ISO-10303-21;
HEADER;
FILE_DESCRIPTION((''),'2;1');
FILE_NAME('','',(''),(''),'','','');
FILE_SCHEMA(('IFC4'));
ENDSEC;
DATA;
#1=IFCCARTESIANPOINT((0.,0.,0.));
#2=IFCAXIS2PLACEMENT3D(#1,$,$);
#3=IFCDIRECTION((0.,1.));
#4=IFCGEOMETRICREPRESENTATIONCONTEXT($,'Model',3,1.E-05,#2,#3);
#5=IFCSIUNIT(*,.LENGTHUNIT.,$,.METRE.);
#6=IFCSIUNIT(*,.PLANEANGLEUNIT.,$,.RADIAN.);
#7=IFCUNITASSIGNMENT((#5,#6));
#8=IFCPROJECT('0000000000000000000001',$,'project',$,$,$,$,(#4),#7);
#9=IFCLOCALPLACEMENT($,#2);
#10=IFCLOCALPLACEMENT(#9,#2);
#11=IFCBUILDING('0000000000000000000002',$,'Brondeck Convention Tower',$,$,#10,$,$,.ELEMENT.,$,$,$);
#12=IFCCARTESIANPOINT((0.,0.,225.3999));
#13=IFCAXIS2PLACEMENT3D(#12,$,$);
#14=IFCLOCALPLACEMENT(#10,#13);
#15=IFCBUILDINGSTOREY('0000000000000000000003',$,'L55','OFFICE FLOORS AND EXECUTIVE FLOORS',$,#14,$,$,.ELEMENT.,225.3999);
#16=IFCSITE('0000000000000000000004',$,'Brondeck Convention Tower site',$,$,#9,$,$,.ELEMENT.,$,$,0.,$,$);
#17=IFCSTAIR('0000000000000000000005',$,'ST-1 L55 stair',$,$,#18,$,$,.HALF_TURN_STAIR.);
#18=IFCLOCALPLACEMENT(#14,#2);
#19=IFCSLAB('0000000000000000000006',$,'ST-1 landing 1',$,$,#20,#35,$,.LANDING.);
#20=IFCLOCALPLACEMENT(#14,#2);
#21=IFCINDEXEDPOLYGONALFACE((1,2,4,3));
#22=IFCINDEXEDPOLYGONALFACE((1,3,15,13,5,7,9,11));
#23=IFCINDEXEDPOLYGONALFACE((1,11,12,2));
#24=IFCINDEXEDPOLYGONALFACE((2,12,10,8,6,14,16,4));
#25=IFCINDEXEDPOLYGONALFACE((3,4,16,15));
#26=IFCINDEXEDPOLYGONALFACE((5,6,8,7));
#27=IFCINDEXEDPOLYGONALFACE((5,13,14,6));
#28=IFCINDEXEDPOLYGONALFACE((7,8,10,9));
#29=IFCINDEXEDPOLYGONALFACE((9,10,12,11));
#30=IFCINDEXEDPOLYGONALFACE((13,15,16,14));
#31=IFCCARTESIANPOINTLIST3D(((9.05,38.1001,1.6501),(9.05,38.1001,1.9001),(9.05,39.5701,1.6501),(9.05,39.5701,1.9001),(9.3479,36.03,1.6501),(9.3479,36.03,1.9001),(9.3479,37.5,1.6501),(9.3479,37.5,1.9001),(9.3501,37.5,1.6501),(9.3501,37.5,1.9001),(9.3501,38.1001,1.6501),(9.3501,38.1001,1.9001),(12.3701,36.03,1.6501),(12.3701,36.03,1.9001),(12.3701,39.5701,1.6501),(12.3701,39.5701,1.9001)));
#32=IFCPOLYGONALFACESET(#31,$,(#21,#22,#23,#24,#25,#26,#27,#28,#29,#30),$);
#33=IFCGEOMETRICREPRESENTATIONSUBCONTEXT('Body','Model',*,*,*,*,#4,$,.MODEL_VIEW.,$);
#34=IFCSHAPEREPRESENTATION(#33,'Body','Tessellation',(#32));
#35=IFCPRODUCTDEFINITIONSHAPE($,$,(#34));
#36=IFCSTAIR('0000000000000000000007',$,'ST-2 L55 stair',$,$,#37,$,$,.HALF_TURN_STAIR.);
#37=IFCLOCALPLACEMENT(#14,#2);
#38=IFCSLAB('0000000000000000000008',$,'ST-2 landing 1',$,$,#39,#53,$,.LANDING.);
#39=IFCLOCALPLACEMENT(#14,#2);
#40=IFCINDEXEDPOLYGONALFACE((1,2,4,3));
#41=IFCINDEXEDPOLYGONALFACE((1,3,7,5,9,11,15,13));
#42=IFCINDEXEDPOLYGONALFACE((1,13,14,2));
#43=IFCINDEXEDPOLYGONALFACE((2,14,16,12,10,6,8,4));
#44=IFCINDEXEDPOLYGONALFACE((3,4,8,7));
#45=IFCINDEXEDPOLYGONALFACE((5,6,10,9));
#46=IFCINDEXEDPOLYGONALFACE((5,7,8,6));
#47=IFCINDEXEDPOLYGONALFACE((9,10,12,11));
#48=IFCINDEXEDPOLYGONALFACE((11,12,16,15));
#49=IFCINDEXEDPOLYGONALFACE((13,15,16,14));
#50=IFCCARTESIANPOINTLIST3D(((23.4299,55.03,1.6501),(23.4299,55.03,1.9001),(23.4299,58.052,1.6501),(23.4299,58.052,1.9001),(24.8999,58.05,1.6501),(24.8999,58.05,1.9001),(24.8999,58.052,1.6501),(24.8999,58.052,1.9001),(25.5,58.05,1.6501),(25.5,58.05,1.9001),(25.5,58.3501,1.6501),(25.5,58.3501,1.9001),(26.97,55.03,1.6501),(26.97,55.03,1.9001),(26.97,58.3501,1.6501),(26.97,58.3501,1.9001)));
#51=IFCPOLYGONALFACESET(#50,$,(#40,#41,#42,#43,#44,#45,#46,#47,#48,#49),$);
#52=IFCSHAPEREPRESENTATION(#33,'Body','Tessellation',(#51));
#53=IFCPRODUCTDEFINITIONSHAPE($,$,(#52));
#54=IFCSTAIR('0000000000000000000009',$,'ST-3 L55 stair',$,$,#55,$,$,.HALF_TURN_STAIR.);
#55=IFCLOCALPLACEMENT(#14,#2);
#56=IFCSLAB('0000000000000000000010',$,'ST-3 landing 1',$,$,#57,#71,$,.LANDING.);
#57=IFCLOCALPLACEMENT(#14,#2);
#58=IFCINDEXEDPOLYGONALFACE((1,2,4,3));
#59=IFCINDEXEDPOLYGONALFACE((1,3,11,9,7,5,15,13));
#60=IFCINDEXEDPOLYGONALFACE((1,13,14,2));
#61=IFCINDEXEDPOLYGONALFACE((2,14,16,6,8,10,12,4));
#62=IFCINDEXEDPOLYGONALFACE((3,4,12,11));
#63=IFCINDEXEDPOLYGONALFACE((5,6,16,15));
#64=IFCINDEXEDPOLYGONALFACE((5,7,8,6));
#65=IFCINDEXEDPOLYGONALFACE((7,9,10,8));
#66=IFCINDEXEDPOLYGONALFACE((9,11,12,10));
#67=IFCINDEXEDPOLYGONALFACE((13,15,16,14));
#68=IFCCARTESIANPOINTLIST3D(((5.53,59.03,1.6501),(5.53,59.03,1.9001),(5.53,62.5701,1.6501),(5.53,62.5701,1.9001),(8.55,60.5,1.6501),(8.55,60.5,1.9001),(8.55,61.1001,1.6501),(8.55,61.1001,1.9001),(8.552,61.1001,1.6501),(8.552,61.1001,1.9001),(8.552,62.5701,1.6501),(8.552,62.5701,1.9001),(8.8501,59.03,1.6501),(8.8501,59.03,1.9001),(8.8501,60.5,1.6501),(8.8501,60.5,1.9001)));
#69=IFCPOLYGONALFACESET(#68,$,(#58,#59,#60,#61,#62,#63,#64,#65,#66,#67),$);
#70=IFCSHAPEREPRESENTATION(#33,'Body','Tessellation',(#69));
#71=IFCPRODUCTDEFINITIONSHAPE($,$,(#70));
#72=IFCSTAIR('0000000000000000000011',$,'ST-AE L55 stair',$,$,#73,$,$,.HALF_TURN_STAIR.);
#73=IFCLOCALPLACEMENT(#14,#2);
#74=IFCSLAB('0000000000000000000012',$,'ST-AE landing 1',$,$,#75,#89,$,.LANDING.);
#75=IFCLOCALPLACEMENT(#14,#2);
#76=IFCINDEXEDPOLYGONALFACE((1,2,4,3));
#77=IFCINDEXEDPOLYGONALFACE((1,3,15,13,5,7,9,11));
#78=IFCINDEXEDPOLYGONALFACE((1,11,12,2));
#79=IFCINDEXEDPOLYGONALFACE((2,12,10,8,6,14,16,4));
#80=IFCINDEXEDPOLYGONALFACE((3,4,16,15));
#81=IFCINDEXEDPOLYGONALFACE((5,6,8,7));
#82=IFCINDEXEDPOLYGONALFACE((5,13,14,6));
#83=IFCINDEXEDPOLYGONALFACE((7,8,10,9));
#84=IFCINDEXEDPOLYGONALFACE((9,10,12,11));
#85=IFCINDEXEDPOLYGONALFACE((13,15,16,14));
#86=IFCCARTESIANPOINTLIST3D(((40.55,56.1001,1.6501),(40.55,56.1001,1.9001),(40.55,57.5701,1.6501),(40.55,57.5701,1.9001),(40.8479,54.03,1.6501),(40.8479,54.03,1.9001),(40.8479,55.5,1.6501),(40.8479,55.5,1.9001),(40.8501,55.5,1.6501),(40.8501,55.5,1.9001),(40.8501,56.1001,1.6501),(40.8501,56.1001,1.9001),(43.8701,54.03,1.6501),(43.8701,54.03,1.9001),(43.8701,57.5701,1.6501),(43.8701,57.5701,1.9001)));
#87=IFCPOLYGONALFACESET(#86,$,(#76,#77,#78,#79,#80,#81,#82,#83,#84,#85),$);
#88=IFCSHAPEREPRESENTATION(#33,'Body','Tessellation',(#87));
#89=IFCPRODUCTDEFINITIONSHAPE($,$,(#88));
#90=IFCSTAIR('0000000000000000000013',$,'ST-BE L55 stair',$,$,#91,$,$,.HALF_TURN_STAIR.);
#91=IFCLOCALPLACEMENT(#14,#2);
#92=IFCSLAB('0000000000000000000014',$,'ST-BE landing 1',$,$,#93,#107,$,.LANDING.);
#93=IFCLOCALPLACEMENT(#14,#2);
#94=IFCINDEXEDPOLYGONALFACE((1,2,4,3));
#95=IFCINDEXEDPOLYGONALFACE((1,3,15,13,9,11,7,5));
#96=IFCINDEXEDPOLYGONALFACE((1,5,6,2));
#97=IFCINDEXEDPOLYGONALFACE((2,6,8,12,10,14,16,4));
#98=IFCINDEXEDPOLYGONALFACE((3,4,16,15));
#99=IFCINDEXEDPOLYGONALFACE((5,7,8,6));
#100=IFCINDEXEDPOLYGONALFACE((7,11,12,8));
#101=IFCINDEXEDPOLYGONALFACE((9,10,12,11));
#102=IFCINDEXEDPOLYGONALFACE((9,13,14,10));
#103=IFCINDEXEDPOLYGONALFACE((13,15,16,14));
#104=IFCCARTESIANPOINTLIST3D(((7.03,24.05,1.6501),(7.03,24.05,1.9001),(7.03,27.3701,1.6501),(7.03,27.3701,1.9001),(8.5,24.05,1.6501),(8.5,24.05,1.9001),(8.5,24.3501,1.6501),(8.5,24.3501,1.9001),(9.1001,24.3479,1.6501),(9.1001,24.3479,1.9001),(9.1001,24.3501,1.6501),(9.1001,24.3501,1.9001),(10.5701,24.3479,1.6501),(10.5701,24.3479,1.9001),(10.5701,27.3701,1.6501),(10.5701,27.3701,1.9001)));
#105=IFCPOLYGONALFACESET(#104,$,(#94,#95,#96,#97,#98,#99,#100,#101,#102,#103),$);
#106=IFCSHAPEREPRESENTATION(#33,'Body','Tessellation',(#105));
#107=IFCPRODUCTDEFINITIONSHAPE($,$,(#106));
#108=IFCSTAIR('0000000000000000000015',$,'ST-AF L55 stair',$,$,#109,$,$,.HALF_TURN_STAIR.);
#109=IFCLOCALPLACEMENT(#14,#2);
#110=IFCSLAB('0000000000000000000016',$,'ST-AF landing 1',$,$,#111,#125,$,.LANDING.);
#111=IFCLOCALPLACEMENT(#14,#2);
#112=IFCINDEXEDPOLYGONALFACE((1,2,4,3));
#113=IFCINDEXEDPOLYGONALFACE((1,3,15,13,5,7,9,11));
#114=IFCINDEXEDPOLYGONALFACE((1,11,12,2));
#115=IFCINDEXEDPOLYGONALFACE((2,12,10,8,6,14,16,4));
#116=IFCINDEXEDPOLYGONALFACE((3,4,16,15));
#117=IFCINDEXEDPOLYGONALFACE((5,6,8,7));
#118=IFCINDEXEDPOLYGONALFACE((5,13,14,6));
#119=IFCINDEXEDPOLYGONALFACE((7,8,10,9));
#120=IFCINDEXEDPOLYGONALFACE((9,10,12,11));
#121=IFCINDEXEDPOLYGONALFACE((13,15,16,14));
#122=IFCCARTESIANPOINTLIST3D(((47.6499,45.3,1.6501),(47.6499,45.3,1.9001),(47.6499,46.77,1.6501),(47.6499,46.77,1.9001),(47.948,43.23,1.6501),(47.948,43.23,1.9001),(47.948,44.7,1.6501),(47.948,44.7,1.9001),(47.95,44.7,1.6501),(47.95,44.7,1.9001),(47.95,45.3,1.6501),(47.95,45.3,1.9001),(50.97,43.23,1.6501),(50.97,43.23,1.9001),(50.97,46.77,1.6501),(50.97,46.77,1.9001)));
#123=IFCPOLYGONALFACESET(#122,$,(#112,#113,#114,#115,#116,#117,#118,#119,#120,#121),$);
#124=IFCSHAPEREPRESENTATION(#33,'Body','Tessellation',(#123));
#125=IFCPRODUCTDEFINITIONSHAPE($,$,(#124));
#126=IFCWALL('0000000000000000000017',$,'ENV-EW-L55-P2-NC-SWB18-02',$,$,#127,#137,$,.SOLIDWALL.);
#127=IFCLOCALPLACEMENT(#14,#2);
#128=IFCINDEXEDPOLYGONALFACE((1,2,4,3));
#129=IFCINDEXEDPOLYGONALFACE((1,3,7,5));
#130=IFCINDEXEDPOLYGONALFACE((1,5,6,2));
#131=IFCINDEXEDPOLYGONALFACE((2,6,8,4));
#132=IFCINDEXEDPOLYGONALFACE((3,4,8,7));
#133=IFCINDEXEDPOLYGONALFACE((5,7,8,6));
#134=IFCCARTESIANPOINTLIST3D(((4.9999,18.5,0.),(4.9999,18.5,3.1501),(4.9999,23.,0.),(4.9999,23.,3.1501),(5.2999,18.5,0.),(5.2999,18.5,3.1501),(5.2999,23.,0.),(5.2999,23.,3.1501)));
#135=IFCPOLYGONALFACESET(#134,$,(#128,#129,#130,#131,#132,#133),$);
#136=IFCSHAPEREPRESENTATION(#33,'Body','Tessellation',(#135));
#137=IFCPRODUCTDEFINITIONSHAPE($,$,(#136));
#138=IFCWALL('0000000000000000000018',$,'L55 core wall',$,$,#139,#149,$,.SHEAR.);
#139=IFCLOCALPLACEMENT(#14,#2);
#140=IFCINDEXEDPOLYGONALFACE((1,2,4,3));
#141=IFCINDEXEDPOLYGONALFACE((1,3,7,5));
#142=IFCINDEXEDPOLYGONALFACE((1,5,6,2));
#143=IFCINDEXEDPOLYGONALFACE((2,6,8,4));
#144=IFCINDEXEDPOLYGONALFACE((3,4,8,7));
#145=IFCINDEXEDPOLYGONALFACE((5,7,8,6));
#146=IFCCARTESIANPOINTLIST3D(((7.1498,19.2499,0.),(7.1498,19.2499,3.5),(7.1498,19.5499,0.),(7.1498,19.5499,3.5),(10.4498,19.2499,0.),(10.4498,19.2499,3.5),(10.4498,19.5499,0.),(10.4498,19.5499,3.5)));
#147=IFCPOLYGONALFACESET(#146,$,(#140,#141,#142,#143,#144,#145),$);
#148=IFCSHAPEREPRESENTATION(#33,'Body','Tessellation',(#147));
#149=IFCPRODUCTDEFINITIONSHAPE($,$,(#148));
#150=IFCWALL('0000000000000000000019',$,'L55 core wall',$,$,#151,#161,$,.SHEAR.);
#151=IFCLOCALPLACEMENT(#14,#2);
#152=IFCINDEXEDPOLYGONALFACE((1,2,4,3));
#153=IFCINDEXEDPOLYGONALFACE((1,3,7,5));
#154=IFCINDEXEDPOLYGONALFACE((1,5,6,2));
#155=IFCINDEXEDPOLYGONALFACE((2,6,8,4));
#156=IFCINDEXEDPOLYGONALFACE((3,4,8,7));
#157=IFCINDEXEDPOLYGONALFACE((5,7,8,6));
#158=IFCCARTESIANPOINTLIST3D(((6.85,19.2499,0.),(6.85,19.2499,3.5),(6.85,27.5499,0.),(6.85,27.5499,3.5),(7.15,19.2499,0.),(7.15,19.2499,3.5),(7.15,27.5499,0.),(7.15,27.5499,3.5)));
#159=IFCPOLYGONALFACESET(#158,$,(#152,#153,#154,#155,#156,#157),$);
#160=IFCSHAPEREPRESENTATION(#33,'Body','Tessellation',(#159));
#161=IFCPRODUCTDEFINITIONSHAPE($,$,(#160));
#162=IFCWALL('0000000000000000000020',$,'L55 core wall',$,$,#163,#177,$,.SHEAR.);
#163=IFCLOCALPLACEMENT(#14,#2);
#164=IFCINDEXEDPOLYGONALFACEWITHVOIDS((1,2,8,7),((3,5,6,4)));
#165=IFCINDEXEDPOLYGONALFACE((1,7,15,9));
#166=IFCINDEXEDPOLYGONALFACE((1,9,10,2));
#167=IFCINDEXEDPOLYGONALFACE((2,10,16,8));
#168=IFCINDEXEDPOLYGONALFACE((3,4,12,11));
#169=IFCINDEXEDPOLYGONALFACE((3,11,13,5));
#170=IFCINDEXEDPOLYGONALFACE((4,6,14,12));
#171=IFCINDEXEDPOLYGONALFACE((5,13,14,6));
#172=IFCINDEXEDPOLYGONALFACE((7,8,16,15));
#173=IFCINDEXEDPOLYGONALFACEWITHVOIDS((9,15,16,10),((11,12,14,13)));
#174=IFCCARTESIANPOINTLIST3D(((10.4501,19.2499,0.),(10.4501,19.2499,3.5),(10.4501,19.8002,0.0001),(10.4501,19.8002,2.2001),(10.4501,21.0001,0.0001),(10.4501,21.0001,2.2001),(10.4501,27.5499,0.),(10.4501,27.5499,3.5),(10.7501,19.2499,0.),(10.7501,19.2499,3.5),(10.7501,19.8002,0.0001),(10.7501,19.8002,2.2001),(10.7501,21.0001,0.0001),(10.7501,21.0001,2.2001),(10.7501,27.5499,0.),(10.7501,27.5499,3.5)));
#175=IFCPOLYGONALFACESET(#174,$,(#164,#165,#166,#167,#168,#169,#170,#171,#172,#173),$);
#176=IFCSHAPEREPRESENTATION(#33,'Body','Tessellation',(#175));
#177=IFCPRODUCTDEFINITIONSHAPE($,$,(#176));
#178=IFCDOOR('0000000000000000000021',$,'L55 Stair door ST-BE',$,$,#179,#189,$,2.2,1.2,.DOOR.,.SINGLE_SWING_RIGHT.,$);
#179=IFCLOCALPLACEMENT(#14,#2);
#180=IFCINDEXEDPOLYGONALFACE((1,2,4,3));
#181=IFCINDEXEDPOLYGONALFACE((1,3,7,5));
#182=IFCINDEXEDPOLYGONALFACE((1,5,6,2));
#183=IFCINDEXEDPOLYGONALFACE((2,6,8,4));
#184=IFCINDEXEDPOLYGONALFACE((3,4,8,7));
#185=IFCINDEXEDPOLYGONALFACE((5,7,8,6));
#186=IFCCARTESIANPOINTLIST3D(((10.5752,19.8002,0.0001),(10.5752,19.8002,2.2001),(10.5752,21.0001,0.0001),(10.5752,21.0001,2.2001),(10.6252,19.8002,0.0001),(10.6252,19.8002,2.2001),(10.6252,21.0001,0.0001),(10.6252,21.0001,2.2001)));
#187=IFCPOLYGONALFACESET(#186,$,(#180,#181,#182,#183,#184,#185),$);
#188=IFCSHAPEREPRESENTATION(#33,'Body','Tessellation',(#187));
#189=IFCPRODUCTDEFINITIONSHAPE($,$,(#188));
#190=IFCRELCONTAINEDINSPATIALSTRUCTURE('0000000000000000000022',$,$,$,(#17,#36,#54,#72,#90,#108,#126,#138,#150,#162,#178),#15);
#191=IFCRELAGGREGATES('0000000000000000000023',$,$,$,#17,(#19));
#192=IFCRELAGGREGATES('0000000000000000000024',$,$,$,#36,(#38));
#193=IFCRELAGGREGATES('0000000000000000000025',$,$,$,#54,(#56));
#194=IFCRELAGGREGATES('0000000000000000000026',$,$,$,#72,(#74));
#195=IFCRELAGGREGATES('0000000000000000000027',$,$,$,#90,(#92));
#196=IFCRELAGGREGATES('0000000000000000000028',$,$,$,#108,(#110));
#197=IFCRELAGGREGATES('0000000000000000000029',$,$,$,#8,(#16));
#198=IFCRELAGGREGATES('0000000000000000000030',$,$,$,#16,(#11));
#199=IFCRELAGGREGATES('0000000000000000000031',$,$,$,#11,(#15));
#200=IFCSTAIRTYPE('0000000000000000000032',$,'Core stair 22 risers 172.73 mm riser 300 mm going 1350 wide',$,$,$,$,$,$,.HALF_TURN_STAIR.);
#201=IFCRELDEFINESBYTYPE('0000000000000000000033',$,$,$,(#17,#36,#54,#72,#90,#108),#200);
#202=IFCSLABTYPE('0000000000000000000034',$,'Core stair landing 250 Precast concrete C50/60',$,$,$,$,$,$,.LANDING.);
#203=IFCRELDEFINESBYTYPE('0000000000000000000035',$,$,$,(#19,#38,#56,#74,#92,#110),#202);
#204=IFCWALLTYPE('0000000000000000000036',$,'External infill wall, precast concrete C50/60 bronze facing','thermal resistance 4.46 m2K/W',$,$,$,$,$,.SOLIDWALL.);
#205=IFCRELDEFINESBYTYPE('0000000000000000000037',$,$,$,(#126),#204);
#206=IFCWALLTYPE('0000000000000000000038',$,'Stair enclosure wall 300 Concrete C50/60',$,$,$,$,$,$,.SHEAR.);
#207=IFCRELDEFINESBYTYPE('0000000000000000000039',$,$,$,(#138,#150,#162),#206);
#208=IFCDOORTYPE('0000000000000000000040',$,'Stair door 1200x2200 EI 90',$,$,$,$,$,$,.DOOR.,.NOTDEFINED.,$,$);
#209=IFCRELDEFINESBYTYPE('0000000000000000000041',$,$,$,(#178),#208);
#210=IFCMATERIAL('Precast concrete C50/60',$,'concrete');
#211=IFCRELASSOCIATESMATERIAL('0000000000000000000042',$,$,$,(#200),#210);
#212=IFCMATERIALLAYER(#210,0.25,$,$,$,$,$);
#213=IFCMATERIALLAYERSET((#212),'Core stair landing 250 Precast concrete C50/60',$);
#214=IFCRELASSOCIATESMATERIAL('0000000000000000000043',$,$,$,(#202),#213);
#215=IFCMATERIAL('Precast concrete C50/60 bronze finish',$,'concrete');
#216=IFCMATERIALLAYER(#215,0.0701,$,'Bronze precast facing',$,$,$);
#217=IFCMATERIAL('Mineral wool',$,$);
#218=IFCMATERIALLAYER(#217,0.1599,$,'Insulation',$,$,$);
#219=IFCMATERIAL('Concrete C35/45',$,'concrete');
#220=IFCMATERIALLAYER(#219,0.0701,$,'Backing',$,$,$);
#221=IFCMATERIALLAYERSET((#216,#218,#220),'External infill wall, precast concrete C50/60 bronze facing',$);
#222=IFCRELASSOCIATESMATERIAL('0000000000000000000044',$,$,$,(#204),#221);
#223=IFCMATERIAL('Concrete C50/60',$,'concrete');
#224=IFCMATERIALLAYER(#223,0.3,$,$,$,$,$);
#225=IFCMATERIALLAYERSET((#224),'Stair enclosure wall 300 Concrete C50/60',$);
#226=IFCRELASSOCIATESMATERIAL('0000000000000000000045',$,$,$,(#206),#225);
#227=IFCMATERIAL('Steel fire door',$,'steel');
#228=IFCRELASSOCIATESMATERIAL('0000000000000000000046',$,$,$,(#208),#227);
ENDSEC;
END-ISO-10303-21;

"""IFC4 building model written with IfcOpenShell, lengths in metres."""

from ifc_helpers import new_model, si_unit, direction, frame, frame_2d, origin, place, context, subcontext, project, spatial, polyline, rectangle, outline, extrude, material, layer, layer_set, type_object, element, fill, aggregate, save


model = new_model("IFC4")

# Units and contexts
model_context = context("Model", 3, precision=1e-05, world=origin(), true_north=direction((0.0, 1.0)))
body_context = subcontext(model_context, "Body", "Model", "MODEL_VIEW")
ifc_project = project(units=[si_unit("LENGTHUNIT", "METRE"), si_unit("PLANEANGLEUNIT", "RADIAN")], contexts=[model_context])

# Site, building, storey
site_placement = place(None, origin())
site = spatial("IfcSite", under=ifc_project, at=site_placement, Name="Brondeck Convention Tower site", CompositionType="ELEMENT", RefElevation=0.0)
building_placement = place(site_placement, origin())
building = spatial("IfcBuilding", under=site, at=building_placement, Name="Brondeck Convention Tower", CompositionType="ELEMENT")
storey_placement = place(building_placement, frame((0.0, 0.0, 225.3999)))
storey = spatial("IfcBuildingStorey", under=building, at=storey_placement, Name="L55", Description="OFFICE FLOORS AND EXECUTIVE FLOORS", CompositionType="ELEMENT", Elevation=225.3999)

# Shared definitions
ifc_material_1 = material(Name="Concrete C50/60", Category="concrete")

# Shared definitions
ifc_material_2 = material(Name="Concrete C35/45", Category="concrete")

# Stairs, slabs
ifc_material_3 = material(Name="Precast concrete C50/60", Category="concrete")
stair_type = type_object("IfcStairType", Name="Core stair 22 risers 172.73 mm riser 300 mm going 1350 wide", PredefinedType="HALF_TURN_STAIR", material=ifc_material_3)
stair_1_placement = place(storey_placement, origin())
stair_1 = element("IfcStair", 1, at=stair_1_placement, inside=storey, type_object=stair_type, Name="ST-1 L55 stair", PredefinedType="HALF_TURN_STAIR")
ifc_layer_1 = layer(ifc_material_3, 0.25)
ifc_layer_set_1 = layer_set([ifc_layer_1], Name="Core stair landing 250 Precast concrete C50/60")
slab_type_1 = type_object("IfcSlabType", Name="Core stair landing 250 Precast concrete C50/60", PredefinedType="LANDING", material=ifc_layer_set_1)
slab_1_placement = place(storey_placement, frame((0.0, 0.0, 1.6501)))
slab_1 = element("IfcSlab", 2, at=slab_1_placement, type_object=slab_type_1, Name="ST-1 landing 1", PredefinedType="LANDING", context=body_context, shape_type="SweptSolid", body=[
    extrude(outline(polyline([(9.3479, 37.5), (9.3501, 37.5), (9.3501, 38.1001), (9.05, 38.1001), (9.05, 39.5701), (12.3701, 39.5701), (12.3701, 36.03), (9.3479, 36.03), (9.3479, 37.5)])), origin(), (0.0, 0.0, 1.0), 0.25),
])
aggregate(stair_1, [slab_1])
stair_2_placement = place(storey_placement, origin())
stair_2 = element("IfcStair", 3, at=stair_2_placement, inside=storey, type_object=stair_type, Name="ST-2 L55 stair", PredefinedType="HALF_TURN_STAIR")
slab_2_placement = place(storey_placement, frame((0.0, 0.0, 1.6501)))
slab_2 = element("IfcSlab", 4, at=slab_2_placement, type_object=slab_type_1, Name="ST-2 landing 1", PredefinedType="LANDING", context=body_context, shape_type="SweptSolid", body=[
    extrude(outline(polyline([(23.4299, 58.052), (24.8999, 58.052), (24.8999, 58.05), (25.5, 58.05), (25.5, 58.3501), (26.97, 58.3501), (26.97, 55.03), (23.4299, 55.03), (23.4299, 58.052)])), origin(), (0.0, 0.0, 1.0), 0.25),
])
aggregate(stair_2, [slab_2])
stair_3_placement = place(storey_placement, origin())
stair_3 = element("IfcStair", 5, at=stair_3_placement, inside=storey, type_object=stair_type, Name="ST-3 L55 stair", PredefinedType="HALF_TURN_STAIR")
slab_3_placement = place(storey_placement, frame((0.0, 0.0, 1.6501)))
slab_3 = element("IfcSlab", 6, at=slab_3_placement, type_object=slab_type_1, Name="ST-3 landing 1", PredefinedType="LANDING", context=body_context, shape_type="SweptSolid", body=[
    extrude(outline(polyline([(8.8501, 60.5), (8.8501, 59.03), (5.53, 59.03), (5.53, 62.5701), (8.552, 62.5701), (8.552, 61.1001), (8.55, 61.1001), (8.55, 60.5), (8.8501, 60.5)])), origin(), (0.0, 0.0, 1.0), 0.25),
])
aggregate(stair_3, [slab_3])
stair_4_placement = place(storey_placement, origin())
stair_4 = element("IfcStair", 7, at=stair_4_placement, inside=storey, type_object=stair_type, Name="ST-AE L55 stair", PredefinedType="HALF_TURN_STAIR")
slab_4_placement = place(storey_placement, frame((0.0, 0.0, 1.6501)))
slab_4 = element("IfcSlab", 8, at=slab_4_placement, type_object=slab_type_1, Name="ST-AE landing 1", PredefinedType="LANDING", context=body_context, shape_type="SweptSolid", body=[
    extrude(outline(polyline([(40.8479, 55.5), (40.8501, 55.5), (40.8501, 56.1001), (40.55, 56.1001), (40.55, 57.5701), (43.8701, 57.5701), (43.8701, 54.03), (40.8479, 54.03), (40.8479, 55.5)])), origin(), (0.0, 0.0, 1.0), 0.25),
])
aggregate(stair_4, [slab_4])
stair_5_placement = place(storey_placement, origin())
stair_5 = element("IfcStair", 9, at=stair_5_placement, inside=storey, type_object=stair_type, Name="ST-BE L55 stair", PredefinedType="HALF_TURN_STAIR")
slab_5_placement = place(storey_placement, frame((0.0, 0.0, 1.6501)))
slab_5 = element("IfcSlab", 10, at=slab_5_placement, type_object=slab_type_1, Name="ST-BE landing 1", PredefinedType="LANDING", context=body_context, shape_type="SweptSolid", body=[
    extrude(outline(polyline([(7.03, 24.05), (7.03, 27.3701), (10.5701, 27.3701), (10.5701, 24.3479), (9.1001, 24.3479), (9.1001, 24.3501), (8.5, 24.3501), (8.5, 24.05), (7.03, 24.05)])), origin(), (0.0, 0.0, 1.0), 0.25),
])
aggregate(stair_5, [slab_5])
stair_6_placement = place(storey_placement, origin())
stair_6 = element("IfcStair", 11, at=stair_6_placement, inside=storey, type_object=stair_type, Name="ST-AF L55 stair", PredefinedType="HALF_TURN_STAIR")
slab_6_placement = place(storey_placement, frame((0.0, 0.0, 1.6501)))
slab_6 = element("IfcSlab", 12, at=slab_6_placement, type_object=slab_type_1, Name="ST-AF landing 1", PredefinedType="LANDING", context=body_context, shape_type="SweptSolid", body=[
    extrude(outline(polyline([(47.948, 44.7), (47.95, 44.7), (47.95, 45.3), (47.6499, 45.3), (47.6499, 46.77), (50.97, 46.77), (50.97, 43.23), (47.948, 43.23), (47.948, 44.7)])), origin(), (0.0, 0.0, 1.0), 0.25),
])
aggregate(stair_6, [slab_6])

# Walls
ifc_material_4 = material(Name="Precast concrete C50/60 bronze finish", Category="concrete")
ifc_layer_2 = layer(ifc_material_4, 0.0701, Name="Bronze precast facing")
ifc_material_5 = material(Name="Mineral wool")
ifc_layer_3 = layer(ifc_material_5, 0.1599, Name="Insulation")
ifc_layer_4 = layer(ifc_material_2, 0.0701, Name="Backing")
ifc_layer_set_2 = layer_set([ifc_layer_2, ifc_layer_3, ifc_layer_4], Name="External infill wall, precast concrete C50/60 bronze facing")
wall_type_1 = type_object("IfcWallType", Name="External infill wall, precast concrete C50/60 bronze facing", Description="thermal resistance 4.46 m2K/W", PredefinedType="SOLIDWALL", material=ifc_layer_set_2)
wall_1_placement = place(storey_placement, frame((5.1499, 18.5, 0.0), z_axis=(0.0, 0.0, 1.0), x_axis=(0.0, 1.0, 0.0)))
element("IfcWall", 13, at=wall_1_placement, inside=storey, type_object=wall_type_1, Name="ENV-EW-L55-P2-NC-SWB18-02", PredefinedType="SOLIDWALL", context=body_context, shape_type="SweptSolid", body=[
    extrude(rectangle(XDim=4.5, YDim=0.3, at=frame_2d((2.25, 0.0))), origin(), (0.0, 0.0, 1.0), 3.1501),
])
ifc_layer_5 = layer(ifc_material_1, 0.3)
ifc_layer_set_3 = layer_set([ifc_layer_5], Name="Stair enclosure wall 300 Concrete C50/60")
wall_type_2 = type_object("IfcWallType", Name="Stair enclosure wall 300 Concrete C50/60", PredefinedType="SHEAR", material=ifc_layer_set_3)
wall_2_placement = place(storey_placement, frame((7.1499, 19.3999, 0.0), z_axis=(0.0, 0.0, 1.0), x_axis=(1.0, 0.0, 0.0)))
element("IfcWall", 14, at=wall_2_placement, inside=storey, type_object=wall_type_2, Name="L55 core wall", PredefinedType="SHEAR", context=body_context, shape_type="SweptSolid", body=[
    extrude(rectangle(XDim=3.3, YDim=0.3, at=frame_2d((1.6499, 0.0))), origin(), (0.0, 0.0, 1.0), 3.5),
])
wall_3_placement = place(storey_placement, frame((7.0, 19.25, 0.0), z_axis=(0.0, 0.0, 1.0), x_axis=(0.0, 1.0, 0.0)))
element("IfcWall", 15, at=wall_3_placement, inside=storey, type_object=wall_type_2, Name="L55 core wall", PredefinedType="SHEAR", context=body_context, shape_type="SweptSolid", body=[
    extrude(rectangle(XDim=8.3, YDim=0.3, at=frame_2d((4.1499, 0.0))), origin(), (0.0, 0.0, 1.0), 3.5),
])

# Wall, opening, door
wall_4_placement = place(storey_placement, frame((10.6001, 19.25, 0.0), z_axis=(0.0, 0.0, 1.0), x_axis=(0.0, 1.0, 0.0)))
wall_4 = element("IfcWall", 16, at=wall_4_placement, inside=storey, type_object=wall_type_2, Name="L55 core wall", PredefinedType="SHEAR", context=body_context, shape_type="SweptSolid", body=[
    extrude(rectangle(XDim=8.3, YDim=0.3, at=frame_2d((4.1499, 0.0))), origin(), (0.0, 0.0, 1.0), 3.5),
])
opening_placement = place(wall_4_placement, frame((0.55, 0.0, 0.0)))
opening = element("IfcOpeningElement", 17, at=opening_placement, cuts=wall_4, PredefinedType="OPENING", context=body_context, shape_type="SweptSolid", body=[
    extrude(rectangle(XDim=1.2, YDim=2.2, at=frame_2d((0.6001, 1.1001))), frame((0.0, 0.1599, 0.0), z_axis=(0.0, -1.0, 0.0), x_axis=(1.0, 0.0, 0.0)), (0.0, 0.0, 1.0), 0.3201),
])
ifc_material_6 = material(Name="Steel fire door", Category="steel")
door_type = type_object("IfcDoorType", Name="Stair door 1200x2200 EI 90", OperationType="NOTDEFINED", PredefinedType="DOOR", material=ifc_material_6)
door_placement = place(opening_placement, origin())
door = element("IfcDoor", 18, at=door_placement, inside=storey, type_object=door_type, Name="L55 Stair door ST-BE", OperationType="SINGLE_SWING_RIGHT", OverallHeight=2.2, OverallWidth=1.2, PredefinedType="DOOR", context=body_context, shape_type="SweptSolid", body=[
    extrude(rectangle(XDim=1.2, YDim=2.2, at=frame_2d((0.6001, 1.1001))), frame((0.0, 0.0249, 0.0), z_axis=(0.0, -1.0, 0.0), x_axis=(1.0, 0.0, 0.0)), (0.0, 0.0, 1.0), 0.05),
])
fill(opening, door)

save(model, "model.ifc")
